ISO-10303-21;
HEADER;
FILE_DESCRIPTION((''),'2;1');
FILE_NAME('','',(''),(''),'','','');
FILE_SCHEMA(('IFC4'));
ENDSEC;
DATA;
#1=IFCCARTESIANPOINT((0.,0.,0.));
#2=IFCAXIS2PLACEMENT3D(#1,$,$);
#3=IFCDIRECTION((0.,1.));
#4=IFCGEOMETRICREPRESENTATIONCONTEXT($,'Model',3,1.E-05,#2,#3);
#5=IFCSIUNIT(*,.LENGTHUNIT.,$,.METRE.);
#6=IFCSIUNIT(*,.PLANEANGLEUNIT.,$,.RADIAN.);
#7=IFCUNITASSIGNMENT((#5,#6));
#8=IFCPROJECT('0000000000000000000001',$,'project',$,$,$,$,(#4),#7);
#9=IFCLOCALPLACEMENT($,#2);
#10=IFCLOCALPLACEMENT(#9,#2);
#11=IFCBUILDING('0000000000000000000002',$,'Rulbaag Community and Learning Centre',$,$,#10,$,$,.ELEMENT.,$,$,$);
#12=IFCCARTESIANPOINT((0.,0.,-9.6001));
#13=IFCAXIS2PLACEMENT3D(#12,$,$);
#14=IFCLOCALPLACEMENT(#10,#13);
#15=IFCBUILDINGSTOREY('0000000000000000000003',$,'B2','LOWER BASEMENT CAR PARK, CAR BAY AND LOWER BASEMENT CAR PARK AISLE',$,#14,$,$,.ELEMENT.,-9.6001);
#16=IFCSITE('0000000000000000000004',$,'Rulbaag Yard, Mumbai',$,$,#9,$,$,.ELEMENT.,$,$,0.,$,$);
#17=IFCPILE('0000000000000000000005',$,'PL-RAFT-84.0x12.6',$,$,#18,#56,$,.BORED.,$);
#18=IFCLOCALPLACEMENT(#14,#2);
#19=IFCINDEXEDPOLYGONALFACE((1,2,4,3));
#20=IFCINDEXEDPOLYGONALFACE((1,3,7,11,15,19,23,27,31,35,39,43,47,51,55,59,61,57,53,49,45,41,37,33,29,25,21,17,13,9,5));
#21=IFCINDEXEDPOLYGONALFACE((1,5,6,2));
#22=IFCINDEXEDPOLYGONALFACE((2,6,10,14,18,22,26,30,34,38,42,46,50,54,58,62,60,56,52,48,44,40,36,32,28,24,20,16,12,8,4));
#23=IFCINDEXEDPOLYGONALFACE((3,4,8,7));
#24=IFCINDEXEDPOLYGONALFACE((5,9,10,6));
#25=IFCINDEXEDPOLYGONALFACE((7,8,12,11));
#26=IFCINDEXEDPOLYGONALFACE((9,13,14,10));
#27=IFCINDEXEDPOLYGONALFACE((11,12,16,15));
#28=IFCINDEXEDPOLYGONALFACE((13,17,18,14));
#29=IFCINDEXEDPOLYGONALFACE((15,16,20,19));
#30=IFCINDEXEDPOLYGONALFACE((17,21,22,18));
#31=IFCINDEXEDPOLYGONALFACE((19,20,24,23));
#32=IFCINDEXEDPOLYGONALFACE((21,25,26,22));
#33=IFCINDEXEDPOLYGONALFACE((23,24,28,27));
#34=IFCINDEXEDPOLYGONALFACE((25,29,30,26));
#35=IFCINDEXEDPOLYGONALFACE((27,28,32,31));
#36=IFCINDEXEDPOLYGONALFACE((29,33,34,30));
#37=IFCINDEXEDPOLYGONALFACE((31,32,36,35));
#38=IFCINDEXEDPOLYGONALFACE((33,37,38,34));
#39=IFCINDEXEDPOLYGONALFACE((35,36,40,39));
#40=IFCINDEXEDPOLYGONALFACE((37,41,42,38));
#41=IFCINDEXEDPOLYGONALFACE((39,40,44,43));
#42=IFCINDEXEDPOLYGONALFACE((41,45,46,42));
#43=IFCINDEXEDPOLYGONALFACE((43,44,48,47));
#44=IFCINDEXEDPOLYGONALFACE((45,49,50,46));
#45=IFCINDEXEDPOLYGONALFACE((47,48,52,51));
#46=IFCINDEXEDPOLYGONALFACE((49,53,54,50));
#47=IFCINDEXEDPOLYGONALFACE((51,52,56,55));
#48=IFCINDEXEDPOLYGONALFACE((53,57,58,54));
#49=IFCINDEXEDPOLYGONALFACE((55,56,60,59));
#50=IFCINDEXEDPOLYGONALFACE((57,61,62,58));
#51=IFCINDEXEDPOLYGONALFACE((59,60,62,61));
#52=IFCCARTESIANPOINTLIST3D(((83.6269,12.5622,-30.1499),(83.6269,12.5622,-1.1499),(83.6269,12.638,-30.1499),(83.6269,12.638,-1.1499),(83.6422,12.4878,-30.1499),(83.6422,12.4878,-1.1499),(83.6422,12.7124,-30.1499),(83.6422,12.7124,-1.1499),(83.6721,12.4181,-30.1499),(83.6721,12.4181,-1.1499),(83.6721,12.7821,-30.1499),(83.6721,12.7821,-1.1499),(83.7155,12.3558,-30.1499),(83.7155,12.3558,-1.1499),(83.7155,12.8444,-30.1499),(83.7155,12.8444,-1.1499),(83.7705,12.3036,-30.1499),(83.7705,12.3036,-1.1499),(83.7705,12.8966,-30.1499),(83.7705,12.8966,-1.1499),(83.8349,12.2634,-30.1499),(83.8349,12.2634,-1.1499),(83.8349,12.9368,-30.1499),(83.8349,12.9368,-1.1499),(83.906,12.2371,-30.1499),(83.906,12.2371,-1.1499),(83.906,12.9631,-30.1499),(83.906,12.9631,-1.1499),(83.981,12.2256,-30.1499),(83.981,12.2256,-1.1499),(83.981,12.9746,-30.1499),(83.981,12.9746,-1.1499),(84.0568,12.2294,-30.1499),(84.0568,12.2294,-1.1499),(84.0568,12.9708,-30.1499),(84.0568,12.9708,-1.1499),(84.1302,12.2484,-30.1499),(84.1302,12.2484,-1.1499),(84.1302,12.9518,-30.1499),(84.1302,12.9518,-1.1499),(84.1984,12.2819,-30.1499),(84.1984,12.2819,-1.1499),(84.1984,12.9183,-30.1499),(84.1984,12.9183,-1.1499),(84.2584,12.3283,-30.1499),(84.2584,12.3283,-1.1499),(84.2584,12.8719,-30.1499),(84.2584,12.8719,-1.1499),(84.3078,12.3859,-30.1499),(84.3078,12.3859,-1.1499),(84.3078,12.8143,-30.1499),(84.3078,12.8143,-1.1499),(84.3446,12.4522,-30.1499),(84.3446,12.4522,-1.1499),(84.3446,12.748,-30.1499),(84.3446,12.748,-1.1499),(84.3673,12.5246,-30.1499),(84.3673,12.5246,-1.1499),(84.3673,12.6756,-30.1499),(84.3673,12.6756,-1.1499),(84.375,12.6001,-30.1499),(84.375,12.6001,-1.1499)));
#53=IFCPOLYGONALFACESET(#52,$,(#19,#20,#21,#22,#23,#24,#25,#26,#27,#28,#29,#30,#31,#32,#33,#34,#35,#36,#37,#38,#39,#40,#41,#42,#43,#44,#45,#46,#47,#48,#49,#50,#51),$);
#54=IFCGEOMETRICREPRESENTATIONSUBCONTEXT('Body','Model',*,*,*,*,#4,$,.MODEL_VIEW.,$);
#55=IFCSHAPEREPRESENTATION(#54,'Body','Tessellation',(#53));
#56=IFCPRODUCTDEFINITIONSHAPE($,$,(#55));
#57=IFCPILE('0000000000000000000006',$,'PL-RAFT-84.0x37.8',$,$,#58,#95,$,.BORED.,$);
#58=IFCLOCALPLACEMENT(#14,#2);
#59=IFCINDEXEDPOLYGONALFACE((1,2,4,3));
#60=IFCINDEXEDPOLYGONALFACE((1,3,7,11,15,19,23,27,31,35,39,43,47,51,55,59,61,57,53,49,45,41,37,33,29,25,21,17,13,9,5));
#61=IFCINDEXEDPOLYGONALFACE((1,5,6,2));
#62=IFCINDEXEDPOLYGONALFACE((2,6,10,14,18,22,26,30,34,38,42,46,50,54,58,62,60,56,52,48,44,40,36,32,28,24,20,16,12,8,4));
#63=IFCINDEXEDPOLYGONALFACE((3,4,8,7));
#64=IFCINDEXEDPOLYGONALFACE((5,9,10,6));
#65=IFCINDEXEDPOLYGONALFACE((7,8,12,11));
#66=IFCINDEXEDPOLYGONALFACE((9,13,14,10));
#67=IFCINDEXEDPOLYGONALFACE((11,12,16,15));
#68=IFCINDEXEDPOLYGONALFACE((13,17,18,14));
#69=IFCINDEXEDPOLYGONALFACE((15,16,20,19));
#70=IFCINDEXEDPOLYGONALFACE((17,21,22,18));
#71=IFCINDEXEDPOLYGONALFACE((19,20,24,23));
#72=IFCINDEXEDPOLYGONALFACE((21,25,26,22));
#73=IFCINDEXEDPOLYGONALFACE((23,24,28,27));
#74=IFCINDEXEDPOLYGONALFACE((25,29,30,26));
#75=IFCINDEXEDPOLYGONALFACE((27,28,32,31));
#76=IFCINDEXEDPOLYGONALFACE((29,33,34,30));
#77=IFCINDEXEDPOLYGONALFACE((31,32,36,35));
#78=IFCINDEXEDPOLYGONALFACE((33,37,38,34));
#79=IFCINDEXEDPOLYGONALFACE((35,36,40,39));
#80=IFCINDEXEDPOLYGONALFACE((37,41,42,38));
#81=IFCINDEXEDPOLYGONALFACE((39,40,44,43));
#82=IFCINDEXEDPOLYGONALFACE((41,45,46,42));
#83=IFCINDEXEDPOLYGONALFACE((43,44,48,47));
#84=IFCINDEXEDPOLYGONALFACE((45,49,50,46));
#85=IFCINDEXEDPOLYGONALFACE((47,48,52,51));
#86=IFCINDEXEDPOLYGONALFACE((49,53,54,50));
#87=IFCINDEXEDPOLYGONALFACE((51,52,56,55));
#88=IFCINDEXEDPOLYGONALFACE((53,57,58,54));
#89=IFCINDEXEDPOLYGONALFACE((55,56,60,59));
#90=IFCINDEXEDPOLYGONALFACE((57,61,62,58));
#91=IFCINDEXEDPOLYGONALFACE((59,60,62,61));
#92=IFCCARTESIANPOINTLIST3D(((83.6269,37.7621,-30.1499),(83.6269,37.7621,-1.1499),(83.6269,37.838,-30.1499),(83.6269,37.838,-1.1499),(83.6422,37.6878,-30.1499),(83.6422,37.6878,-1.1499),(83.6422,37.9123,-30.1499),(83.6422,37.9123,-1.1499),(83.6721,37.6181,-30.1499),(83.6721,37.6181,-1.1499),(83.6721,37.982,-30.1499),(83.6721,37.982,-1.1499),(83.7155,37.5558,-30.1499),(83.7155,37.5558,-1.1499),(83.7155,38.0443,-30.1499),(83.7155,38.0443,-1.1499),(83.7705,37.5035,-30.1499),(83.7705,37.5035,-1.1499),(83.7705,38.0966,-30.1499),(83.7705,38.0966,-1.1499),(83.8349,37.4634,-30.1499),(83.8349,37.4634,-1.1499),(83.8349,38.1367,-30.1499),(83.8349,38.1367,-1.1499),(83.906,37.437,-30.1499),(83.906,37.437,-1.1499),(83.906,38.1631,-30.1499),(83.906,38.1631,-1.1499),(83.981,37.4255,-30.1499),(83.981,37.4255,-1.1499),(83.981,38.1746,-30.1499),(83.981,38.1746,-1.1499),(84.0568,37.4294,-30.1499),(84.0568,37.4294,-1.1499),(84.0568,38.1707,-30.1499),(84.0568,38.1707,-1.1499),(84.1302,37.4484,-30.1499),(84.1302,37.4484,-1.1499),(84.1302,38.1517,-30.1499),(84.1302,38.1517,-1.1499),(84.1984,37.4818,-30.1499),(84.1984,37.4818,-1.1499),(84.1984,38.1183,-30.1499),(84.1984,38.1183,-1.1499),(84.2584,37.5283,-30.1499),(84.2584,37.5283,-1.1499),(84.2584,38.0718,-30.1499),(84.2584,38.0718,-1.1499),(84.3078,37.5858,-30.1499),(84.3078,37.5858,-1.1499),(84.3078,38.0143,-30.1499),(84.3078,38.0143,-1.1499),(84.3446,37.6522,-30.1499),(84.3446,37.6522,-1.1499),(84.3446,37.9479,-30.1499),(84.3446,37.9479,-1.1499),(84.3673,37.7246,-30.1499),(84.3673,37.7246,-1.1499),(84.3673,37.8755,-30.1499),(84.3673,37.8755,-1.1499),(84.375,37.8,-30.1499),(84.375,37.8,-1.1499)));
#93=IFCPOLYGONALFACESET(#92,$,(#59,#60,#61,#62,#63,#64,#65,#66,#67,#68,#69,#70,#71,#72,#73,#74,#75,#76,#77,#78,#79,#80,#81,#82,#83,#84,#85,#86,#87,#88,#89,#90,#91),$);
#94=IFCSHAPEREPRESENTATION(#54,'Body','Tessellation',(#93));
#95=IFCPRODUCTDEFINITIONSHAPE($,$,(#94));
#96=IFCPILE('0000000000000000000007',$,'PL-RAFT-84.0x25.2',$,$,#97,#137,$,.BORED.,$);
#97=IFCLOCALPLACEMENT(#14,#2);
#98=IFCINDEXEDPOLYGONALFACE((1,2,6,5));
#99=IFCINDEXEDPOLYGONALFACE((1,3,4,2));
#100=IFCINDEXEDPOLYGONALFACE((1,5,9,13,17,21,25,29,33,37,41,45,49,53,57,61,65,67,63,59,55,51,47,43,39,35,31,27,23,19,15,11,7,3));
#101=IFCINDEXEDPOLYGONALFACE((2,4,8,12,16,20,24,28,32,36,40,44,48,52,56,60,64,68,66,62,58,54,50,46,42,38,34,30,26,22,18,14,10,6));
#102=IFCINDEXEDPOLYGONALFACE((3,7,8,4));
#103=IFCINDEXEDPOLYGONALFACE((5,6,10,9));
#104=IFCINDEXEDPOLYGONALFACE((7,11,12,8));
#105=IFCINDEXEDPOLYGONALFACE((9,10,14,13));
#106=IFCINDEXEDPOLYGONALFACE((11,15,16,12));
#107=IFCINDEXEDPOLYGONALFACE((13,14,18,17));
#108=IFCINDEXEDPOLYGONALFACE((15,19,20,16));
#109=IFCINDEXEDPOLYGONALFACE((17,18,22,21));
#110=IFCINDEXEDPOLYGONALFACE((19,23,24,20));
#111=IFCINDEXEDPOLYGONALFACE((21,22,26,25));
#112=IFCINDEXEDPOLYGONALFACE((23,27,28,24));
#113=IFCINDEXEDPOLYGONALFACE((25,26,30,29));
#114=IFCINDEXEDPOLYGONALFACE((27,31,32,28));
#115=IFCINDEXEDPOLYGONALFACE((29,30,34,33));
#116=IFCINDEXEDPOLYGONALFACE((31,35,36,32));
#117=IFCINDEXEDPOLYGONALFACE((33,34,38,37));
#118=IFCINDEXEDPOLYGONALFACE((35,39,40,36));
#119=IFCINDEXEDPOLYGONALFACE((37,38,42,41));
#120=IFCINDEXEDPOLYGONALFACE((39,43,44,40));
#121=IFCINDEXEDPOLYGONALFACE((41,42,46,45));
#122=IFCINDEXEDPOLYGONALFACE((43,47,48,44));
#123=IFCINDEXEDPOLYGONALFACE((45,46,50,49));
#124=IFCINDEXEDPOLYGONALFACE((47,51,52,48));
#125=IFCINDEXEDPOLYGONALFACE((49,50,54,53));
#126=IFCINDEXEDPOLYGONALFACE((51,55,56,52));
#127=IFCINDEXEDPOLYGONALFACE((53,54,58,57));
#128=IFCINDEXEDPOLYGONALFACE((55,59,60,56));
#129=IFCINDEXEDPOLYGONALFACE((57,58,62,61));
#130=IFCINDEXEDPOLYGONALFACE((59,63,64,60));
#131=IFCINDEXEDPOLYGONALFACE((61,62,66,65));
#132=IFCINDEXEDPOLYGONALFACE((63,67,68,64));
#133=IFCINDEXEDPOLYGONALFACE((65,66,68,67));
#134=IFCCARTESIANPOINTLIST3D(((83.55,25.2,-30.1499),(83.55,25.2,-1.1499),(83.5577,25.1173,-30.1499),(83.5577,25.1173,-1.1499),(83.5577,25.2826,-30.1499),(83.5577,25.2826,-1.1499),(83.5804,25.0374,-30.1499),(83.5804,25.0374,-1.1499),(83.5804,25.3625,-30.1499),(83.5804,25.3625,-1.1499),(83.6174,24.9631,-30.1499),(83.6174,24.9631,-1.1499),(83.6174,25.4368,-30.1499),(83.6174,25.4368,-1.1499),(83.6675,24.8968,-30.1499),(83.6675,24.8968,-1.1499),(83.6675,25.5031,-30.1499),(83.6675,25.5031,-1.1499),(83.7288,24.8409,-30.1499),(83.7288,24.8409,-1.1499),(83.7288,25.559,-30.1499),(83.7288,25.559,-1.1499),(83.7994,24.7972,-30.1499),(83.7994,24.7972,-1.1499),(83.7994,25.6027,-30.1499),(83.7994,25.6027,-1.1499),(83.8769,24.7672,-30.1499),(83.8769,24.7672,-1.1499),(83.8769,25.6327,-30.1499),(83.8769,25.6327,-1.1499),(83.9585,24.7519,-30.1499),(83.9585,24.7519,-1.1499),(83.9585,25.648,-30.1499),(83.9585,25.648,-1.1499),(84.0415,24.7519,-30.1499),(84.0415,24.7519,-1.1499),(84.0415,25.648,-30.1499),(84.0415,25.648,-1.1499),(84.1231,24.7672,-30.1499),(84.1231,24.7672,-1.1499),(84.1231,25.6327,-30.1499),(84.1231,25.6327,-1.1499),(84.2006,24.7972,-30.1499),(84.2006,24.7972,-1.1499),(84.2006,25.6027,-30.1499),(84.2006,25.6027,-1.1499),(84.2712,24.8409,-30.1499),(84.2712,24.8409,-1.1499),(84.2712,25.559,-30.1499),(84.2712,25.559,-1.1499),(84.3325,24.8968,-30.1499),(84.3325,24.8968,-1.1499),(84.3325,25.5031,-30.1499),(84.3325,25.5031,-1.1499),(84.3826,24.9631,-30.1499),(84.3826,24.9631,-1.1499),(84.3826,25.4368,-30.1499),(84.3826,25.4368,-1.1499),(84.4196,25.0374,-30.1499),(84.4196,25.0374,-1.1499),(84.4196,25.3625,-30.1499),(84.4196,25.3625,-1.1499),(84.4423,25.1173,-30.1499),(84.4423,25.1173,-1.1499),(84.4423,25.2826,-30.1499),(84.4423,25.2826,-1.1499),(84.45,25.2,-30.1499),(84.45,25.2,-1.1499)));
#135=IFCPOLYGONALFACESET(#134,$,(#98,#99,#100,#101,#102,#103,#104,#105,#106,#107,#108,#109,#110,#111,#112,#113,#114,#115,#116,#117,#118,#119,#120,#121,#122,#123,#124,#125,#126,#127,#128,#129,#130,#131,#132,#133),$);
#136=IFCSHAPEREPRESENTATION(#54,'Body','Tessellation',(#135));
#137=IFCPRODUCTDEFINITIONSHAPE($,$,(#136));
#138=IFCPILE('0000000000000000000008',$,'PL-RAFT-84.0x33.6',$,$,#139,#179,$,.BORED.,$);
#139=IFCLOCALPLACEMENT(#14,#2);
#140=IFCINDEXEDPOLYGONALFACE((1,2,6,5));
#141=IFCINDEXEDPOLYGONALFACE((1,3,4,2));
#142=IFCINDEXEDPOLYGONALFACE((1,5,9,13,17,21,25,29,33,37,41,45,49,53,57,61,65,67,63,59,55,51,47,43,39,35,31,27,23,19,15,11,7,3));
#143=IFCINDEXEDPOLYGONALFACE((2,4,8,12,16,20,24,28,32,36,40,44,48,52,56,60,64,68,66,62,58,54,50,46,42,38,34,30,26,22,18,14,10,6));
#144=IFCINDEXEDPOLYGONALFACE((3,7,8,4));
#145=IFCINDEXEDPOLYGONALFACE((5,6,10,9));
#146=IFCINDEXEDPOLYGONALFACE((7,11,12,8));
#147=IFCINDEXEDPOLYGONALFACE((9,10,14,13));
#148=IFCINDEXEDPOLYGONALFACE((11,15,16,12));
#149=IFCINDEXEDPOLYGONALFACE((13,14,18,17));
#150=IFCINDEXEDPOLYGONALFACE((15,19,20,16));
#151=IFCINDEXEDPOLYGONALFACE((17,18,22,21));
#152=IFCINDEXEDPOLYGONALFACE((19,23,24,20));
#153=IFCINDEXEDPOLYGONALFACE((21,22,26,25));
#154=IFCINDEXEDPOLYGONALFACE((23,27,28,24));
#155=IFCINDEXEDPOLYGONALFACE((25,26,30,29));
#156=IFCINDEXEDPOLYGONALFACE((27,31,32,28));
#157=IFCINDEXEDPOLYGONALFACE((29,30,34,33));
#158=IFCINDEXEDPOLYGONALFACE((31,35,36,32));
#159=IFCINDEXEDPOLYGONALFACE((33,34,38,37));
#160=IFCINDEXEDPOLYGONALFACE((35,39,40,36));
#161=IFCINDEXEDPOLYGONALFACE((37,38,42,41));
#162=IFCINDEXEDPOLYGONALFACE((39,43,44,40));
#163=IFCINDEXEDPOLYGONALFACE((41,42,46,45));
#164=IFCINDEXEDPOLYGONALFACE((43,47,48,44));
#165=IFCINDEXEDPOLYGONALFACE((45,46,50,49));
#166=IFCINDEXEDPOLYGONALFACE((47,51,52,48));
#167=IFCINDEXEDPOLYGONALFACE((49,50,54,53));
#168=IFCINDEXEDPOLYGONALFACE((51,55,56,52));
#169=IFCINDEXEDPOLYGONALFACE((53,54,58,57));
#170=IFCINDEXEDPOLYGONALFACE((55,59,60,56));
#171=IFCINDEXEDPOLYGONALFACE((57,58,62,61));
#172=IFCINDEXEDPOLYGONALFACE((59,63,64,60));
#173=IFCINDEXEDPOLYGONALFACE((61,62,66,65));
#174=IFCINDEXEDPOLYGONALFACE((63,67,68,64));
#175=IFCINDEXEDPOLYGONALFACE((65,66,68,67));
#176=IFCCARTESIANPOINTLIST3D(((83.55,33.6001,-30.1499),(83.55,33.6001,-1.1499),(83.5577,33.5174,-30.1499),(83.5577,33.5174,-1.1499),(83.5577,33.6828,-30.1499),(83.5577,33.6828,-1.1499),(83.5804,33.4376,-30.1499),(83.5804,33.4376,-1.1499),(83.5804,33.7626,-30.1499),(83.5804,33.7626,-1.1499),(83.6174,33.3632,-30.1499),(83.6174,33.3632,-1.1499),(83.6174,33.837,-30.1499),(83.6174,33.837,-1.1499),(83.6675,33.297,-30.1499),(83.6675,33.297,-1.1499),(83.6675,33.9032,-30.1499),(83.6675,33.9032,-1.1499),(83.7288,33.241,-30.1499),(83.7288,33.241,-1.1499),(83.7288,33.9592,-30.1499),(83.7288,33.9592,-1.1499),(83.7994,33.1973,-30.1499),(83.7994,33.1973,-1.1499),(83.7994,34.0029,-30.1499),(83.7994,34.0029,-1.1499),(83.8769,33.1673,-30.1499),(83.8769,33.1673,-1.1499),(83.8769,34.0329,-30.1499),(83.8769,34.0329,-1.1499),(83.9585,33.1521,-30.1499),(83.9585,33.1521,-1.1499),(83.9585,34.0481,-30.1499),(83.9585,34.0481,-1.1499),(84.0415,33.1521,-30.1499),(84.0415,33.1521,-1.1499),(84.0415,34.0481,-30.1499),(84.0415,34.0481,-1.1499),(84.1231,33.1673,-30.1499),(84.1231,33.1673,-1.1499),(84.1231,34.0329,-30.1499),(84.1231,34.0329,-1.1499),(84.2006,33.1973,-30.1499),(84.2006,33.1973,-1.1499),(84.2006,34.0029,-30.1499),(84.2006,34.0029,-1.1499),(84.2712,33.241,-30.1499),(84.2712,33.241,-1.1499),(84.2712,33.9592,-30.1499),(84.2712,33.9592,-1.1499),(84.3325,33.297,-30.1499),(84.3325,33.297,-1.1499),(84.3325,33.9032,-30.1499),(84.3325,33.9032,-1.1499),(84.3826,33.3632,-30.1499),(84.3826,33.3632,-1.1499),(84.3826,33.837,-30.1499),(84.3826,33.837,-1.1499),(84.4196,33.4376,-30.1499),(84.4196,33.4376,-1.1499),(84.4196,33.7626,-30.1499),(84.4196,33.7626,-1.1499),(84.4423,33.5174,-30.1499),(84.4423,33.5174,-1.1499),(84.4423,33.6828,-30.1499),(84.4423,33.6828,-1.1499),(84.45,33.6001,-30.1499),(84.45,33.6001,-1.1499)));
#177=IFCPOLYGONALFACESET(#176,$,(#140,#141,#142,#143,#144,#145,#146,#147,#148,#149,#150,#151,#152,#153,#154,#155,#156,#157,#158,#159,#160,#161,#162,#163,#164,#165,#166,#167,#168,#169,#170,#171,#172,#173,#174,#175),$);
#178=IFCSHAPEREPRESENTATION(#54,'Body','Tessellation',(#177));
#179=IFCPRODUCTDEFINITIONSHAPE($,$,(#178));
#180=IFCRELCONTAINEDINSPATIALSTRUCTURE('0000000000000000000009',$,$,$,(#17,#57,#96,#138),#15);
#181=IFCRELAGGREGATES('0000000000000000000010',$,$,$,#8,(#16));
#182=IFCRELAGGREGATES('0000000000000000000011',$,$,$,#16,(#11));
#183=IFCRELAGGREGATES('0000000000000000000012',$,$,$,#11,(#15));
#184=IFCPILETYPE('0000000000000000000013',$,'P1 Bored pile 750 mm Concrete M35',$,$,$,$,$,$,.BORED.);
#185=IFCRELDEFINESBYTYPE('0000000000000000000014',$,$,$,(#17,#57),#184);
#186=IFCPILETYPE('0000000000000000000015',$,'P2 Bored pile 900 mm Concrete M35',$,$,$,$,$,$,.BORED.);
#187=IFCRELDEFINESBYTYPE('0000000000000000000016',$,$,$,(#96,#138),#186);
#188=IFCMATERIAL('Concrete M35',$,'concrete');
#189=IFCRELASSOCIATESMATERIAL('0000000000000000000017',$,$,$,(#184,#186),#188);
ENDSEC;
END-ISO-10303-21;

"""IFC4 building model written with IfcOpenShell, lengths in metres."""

from ifc_helpers import new_model, si_unit, direction, frame, origin, origin_2d, place, context, subcontext, project, spatial, circle, extrude, material, material_profile, profile_set, type_object, element, save


model = new_model("IFC4")

# Units and contexts
model_context = context("Model", 3, precision=1e-05, world=origin(), true_north=direction((0.0, 1.0)))
body_context = subcontext(model_context, "Body", "Model", "MODEL_VIEW")
ifc_project = project(units=[si_unit("LENGTHUNIT", "METRE"), si_unit("PLANEANGLEUNIT", "RADIAN")], contexts=[model_context])

# Site, building, storey
site_placement = place(None, origin())
site = spatial("IfcSite", under=ifc_project, at=site_placement, Name="Rulbaag Yard, Mumbai", CompositionType="ELEMENT", RefElevation=0.0)
building_placement = place(site_placement, origin())
building = spatial("IfcBuilding", under=site, at=building_placement, Name="Rulbaag Community and Learning Centre", CompositionType="ELEMENT")
storey_placement = place(building_placement, frame((0.0, 0.0, -9.6001)))
storey = spatial("IfcBuildingStorey", under=building, at=storey_placement, Name="B2", Description="LOWER BASEMENT CAR PARK, CAR BAY AND LOWER BASEMENT CAR PARK AISLE", CompositionType="ELEMENT", Elevation=-9.6001)

# Piles
ifc_material_1 = material(Name="Concrete M35", Category="concrete")
ifc_material_profile_1 = material_profile(ifc_material_1, circle(Radius=0.375, at=origin_2d()), Name="BP750")
ifc_profile_set_1 = profile_set([ifc_material_profile_1], Name="Concrete M35")
pile_type_1 = type_object("IfcPileType", Name="P1 Bored pile 750 mm Concrete M35", PredefinedType="BORED", material=ifc_profile_set_1)
for number, where, z_axis, x_axis, name in (
    (1, (84.0, 12.6001, -1.1499), (0.0, 0.0, -1.0), (1.0, 0.0, 0.0), "PL-RAFT-84.0x12.6"),
    (2, (84.0, 37.8, -1.1499), (0.0, 0.0, -1.0), (1.0, 0.0, 0.0), "PL-RAFT-84.0x37.8"),
):
    element("IfcPile", number, at=place(storey_placement, frame(where, z_axis=z_axis, x_axis=x_axis)), inside=storey, type_object=pile_type_1, Name=name, PredefinedType="BORED", context=body_context, shape_type="SweptSolid", body=[
        extrude(circle(Radius=0.375, at=origin_2d()), origin(), (0.0, 0.0, 1.0), 29.0),
    ])
ifc_material_profile_2 = material_profile(ifc_material_1, circle(Radius=0.45, at=origin_2d()), Name="BP900")
ifc_profile_set_2 = profile_set([ifc_material_profile_2], Name="Concrete M35")
pile_type_2 = type_object("IfcPileType", Name="P2 Bored pile 900 mm Concrete M35", PredefinedType="BORED", material=ifc_profile_set_2)
for number, where, z_axis, x_axis, name in (
    (3, (84.0, 25.2, -1.1499), (0.0, 0.0, -1.0), (1.0, 0.0, 0.0), "PL-RAFT-84.0x25.2"),
    (4, (84.0, 33.6001, -1.1499), (0.0, 0.0, -1.0), (1.0, 0.0, 0.0), "PL-RAFT-84.0x33.6"),
):
    element("IfcPile", number, at=place(storey_placement, frame(where, z_axis=z_axis, x_axis=x_axis)), inside=storey, type_object=pile_type_2, Name=name, PredefinedType="BORED", context=body_context, shape_type="SweptSolid", body=[
        extrude(circle(Radius=0.45, at=origin_2d()), origin(), (0.0, 0.0, 1.0), 29.0),
    ])

save(model, "model.ifc")
